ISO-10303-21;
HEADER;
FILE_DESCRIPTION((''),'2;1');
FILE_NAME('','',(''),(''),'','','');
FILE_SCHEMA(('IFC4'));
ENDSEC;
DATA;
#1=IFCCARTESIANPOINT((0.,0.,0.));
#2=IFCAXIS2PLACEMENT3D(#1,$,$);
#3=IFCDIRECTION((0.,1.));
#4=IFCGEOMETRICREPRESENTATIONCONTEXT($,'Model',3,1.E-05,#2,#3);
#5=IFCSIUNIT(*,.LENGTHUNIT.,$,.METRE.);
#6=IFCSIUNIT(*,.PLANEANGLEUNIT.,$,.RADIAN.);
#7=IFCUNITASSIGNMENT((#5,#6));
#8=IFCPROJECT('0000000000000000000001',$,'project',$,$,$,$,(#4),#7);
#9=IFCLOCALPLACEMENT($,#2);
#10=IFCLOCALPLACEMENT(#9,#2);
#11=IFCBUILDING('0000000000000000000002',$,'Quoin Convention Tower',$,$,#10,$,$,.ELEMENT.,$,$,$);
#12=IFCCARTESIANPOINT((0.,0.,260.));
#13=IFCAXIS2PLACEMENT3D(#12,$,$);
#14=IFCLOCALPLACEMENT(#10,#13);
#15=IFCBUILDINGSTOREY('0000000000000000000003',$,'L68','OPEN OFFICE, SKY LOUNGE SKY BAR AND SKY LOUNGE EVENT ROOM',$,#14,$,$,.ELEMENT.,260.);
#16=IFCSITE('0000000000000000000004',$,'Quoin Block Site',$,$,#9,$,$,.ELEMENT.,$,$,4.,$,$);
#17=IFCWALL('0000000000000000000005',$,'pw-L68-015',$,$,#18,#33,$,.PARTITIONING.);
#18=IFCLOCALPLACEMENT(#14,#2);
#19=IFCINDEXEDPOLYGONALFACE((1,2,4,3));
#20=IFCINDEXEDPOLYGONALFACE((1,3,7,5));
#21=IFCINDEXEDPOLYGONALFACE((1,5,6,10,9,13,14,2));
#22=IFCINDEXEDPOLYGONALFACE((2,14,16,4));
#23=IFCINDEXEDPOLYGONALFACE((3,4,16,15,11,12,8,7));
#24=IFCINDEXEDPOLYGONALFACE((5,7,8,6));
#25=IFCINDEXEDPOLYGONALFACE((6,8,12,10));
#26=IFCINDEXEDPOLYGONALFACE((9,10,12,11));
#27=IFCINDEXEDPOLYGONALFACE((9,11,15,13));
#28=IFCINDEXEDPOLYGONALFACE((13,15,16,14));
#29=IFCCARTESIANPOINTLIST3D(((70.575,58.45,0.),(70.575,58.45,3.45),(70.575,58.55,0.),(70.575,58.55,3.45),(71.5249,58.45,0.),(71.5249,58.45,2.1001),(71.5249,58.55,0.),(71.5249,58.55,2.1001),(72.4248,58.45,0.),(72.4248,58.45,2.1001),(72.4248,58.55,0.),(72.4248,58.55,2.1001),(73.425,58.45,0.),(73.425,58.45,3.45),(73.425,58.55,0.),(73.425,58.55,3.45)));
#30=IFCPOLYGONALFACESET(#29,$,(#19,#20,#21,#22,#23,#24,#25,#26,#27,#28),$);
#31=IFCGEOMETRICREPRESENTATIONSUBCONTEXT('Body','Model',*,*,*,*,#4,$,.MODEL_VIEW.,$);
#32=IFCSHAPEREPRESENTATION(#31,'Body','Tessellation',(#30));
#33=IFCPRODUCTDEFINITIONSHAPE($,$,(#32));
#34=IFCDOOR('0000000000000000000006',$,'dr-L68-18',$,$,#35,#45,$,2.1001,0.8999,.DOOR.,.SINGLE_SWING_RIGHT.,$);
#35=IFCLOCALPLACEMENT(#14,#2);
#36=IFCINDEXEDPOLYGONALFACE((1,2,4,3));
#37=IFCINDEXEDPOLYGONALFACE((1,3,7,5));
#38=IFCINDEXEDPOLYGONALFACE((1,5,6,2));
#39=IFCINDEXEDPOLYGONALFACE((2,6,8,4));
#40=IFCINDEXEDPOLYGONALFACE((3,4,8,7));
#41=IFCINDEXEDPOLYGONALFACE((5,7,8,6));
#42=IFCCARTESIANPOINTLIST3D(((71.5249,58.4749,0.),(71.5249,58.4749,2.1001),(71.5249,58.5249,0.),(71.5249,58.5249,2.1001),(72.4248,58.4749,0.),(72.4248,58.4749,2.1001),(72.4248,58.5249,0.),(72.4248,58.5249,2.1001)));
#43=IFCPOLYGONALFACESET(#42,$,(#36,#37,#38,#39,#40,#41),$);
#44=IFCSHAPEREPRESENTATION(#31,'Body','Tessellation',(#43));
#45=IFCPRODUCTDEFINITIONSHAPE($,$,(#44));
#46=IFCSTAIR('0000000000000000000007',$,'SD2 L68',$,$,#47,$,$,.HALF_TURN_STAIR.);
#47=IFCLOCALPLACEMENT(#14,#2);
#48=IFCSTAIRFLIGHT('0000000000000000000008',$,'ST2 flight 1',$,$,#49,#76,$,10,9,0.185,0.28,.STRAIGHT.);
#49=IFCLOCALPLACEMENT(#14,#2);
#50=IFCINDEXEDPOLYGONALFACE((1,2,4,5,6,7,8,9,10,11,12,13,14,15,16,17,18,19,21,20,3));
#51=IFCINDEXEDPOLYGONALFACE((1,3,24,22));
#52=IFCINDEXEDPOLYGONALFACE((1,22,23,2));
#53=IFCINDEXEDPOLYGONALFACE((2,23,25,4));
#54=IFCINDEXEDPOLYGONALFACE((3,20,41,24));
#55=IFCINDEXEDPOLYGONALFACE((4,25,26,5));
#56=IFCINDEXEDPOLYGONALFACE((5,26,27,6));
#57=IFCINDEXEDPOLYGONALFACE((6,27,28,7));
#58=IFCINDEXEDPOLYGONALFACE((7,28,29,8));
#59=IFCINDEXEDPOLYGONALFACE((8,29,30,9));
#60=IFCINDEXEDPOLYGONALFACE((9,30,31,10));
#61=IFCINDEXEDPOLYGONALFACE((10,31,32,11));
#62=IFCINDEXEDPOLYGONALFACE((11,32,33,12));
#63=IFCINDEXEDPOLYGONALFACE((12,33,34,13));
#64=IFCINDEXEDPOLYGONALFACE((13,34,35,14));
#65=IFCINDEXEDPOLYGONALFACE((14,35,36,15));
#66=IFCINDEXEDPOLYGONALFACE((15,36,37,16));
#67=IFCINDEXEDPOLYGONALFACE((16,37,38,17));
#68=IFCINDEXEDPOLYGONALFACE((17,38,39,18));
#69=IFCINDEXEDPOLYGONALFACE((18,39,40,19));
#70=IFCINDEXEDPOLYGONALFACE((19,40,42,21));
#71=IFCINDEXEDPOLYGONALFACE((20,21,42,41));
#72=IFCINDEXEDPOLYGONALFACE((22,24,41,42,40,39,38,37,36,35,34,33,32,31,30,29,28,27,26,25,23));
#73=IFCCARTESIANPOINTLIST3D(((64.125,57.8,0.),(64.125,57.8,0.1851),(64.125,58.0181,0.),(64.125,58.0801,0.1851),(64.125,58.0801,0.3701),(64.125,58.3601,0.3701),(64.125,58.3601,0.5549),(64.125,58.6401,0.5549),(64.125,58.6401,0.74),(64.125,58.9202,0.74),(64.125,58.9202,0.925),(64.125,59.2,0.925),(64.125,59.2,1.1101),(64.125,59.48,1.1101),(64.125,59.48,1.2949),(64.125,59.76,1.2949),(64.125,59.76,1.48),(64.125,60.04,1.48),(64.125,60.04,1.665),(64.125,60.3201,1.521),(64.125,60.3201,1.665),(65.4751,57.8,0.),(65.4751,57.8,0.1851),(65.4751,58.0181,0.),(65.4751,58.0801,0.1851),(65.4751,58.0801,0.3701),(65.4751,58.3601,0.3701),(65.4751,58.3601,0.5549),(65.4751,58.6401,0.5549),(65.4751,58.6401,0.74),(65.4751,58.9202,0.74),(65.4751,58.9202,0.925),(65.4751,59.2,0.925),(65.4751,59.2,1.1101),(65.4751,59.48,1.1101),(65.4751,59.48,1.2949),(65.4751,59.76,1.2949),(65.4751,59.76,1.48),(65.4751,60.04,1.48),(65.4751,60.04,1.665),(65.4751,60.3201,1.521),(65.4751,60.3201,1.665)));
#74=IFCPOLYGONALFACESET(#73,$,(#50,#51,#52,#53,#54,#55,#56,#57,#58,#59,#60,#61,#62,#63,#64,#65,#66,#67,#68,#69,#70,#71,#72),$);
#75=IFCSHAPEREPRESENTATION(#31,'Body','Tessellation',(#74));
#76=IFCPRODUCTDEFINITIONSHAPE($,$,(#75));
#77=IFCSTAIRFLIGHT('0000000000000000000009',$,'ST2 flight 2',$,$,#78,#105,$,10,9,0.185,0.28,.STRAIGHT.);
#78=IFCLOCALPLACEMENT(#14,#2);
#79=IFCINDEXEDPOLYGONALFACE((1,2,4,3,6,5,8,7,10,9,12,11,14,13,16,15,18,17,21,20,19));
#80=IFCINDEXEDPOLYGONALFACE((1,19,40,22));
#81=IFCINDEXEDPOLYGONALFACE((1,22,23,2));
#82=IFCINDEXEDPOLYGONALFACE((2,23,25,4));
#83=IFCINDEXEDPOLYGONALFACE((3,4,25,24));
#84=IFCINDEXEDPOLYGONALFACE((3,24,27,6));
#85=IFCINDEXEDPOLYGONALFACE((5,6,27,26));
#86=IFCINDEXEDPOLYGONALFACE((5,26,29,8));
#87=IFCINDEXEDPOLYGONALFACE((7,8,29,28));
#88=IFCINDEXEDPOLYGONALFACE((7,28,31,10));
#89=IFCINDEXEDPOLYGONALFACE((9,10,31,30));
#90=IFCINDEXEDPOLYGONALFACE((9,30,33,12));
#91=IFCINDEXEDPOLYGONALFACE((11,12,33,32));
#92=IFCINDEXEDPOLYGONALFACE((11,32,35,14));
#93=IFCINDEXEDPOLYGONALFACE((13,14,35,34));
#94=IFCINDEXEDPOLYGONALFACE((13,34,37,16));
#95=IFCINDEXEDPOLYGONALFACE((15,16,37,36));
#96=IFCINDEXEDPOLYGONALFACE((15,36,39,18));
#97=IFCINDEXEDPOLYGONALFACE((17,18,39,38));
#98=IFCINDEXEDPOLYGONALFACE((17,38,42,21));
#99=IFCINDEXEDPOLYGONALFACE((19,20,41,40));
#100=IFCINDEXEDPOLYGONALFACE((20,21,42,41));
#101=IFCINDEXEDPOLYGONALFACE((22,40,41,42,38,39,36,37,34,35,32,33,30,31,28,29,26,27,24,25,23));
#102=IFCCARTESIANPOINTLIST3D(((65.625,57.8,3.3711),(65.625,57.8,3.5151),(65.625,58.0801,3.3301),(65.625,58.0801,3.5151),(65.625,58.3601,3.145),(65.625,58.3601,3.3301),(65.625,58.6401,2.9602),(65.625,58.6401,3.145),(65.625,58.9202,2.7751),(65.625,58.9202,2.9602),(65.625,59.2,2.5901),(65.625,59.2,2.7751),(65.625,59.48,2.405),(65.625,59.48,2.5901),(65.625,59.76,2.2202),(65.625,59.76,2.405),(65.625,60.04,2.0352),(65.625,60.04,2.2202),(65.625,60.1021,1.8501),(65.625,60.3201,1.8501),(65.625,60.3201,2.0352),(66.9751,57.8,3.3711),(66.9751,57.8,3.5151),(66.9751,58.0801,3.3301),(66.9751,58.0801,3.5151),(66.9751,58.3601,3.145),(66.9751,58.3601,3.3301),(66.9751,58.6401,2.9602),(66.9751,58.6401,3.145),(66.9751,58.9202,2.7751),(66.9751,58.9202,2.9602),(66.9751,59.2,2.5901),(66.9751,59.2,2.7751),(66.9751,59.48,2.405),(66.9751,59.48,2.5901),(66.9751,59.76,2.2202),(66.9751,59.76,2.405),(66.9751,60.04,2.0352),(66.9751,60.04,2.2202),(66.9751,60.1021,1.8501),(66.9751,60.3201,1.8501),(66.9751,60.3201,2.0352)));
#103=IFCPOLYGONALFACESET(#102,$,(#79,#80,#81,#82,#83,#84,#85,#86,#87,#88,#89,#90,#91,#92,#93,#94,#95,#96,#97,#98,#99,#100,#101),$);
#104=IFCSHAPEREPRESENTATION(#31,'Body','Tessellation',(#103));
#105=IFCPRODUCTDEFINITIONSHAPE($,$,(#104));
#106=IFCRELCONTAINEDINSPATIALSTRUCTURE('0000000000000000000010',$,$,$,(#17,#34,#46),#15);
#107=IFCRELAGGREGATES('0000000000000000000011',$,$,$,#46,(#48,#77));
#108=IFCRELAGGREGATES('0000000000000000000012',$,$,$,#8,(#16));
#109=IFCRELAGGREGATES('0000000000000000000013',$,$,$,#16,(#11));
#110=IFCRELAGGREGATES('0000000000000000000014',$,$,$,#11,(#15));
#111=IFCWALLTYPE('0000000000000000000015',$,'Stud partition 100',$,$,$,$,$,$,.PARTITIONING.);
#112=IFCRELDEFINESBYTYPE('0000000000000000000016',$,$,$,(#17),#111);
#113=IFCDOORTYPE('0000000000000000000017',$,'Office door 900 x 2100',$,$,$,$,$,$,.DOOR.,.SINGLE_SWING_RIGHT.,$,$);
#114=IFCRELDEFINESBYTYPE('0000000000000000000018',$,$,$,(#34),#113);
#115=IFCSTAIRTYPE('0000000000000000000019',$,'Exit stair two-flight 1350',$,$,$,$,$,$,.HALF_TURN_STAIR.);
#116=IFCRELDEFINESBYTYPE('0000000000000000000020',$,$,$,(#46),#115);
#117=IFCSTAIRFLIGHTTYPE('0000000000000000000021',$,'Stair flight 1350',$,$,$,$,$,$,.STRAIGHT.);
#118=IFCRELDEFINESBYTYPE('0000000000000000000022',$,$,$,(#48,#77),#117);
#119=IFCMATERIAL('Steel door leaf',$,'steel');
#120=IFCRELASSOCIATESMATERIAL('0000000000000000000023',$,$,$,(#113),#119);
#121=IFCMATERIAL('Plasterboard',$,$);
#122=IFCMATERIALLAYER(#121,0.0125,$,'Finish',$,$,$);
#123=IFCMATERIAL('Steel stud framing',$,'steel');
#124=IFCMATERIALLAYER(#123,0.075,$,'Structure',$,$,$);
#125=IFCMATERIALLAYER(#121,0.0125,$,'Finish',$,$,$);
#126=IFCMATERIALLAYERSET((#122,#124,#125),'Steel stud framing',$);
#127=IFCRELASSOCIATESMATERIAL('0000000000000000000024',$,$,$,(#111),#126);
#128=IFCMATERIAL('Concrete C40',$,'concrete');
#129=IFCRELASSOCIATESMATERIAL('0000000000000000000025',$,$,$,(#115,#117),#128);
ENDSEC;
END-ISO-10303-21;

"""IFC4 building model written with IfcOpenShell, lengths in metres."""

from ifc_helpers import new_model, si_unit, direction, frame, frame_2d, origin, place, context, subcontext, project, spatial, polyline, rectangle, outline, extrude, material, layer, layer_set, type_object, element, fill, aggregate, save


model = new_model("IFC4")

# Units and contexts
model_context = context("Model", 3, precision=1e-05, world=origin(), true_north=direction((0.0, 1.0)))
body_context = subcontext(model_context, "Body", "Model", "MODEL_VIEW")
ifc_project = project(units=[si_unit("LENGTHUNIT", "METRE"), si_unit("PLANEANGLEUNIT", "RADIAN")], contexts=[model_context])

# Site, building, storey
site_placement = place(None, origin())
site = spatial("IfcSite", under=ifc_project, at=site_placement, Name="Quoin Block Site", CompositionType="ELEMENT", RefElevation=4.0)
building_placement = place(site_placement, origin())
building = spatial("IfcBuilding", under=site, at=building_placement, Name="Quoin Convention Tower", CompositionType="ELEMENT")
storey_placement = place(building_placement, frame((0.0, 0.0, 260.0)))
storey = spatial("IfcBuildingStorey", under=building, at=storey_placement, Name="L68", Description="OPEN OFFICE, SKY LOUNGE SKY BAR AND SKY LOUNGE EVENT ROOM", CompositionType="ELEMENT", Elevation=260.0)

# Shared definitions
ifc_material_1 = material(Name="Plasterboard")
ifc_material_2 = material(Name="Steel stud framing", Category="steel")

# Shared definitions
ifc_material_3 = material(Name="Steel door leaf", Category="steel")
door_type = type_object("IfcDoorType", Name="Office door 900 x 2100", OperationType="SINGLE_SWING_RIGHT", PredefinedType="DOOR", material=ifc_material_3)

# Wall, opening, door
ifc_layer_1 = layer(ifc_material_1, 0.0125, Name="Finish")
ifc_layer_2 = layer(ifc_material_2, 0.075, Name="Structure")
ifc_layer_3 = layer(ifc_material_1, 0.0125, Name="Finish")
ifc_layer_set_1 = layer_set([ifc_layer_1, ifc_layer_2, ifc_layer_3], Name="Steel stud framing")
wall_type_1 = type_object("IfcWallType", Name="Stud partition 100", PredefinedType="PARTITIONING", material=ifc_layer_set_1)
wall_1_placement = place(storey_placement, frame((70.575, 58.5, 0.0), z_axis=(0.0, 0.0, 1.0), x_axis=(1.0, 0.0, 0.0)))
wall_1 = element("IfcWall", 1, at=wall_1_placement, inside=storey, type_object=wall_type_1, Name="pw-L68-015", PredefinedType="PARTITIONING", context=body_context, shape_type="SweptSolid", body=[
    extrude(rectangle(XDim=2.8501, YDim=0.1001, at=frame_2d((1.425, 0.0))), origin(), (0.0, 0.0, 1.0), 3.45),
])
opening_1_placement = place(wall_1_placement, frame((0.95, 0.0, 0.0)))
opening_1 = element("IfcOpeningElement", 2, at=opening_1_placement, cuts=wall_1, PredefinedType="OPENING", context=body_context, shape_type="SweptSolid", body=[
    extrude(rectangle(XDim=0.8999, YDim=2.1001, at=frame_2d((0.45, 1.05))), frame((0.0, 0.0601, 0.0), z_axis=(0.0, -1.0, 0.0), x_axis=(1.0, 0.0, 0.0)), (0.0, 0.0, 1.0), 0.1201),
])
door_1_placement = place(opening_1_placement, origin())
door_1 = element("IfcDoor", 3, at=door_1_placement, inside=storey, type_object=door_type, Name="dr-L68-18", OperationType="SINGLE_SWING_RIGHT", OverallHeight=2.1001, OverallWidth=0.8999, PredefinedType="DOOR", context=body_context, shape_type="SweptSolid", body=[
    extrude(rectangle(XDim=0.8999, YDim=2.1001, at=frame_2d((0.45, 1.05))), frame((0.0, 0.0249, 0.0), z_axis=(0.0, -1.0, 0.0), x_axis=(1.0, 0.0, 0.0)), (0.0, 0.0, 1.0), 0.05),
])
fill(opening_1, door_1)

# Stair, stair flights
ifc_material_4 = material(Name="Concrete C40", Category="concrete")
stair_type = type_object("IfcStairType", Name="Exit stair two-flight 1350", PredefinedType="HALF_TURN_STAIR", material=ifc_material_4)
stair_placement = place(storey_placement, origin())
stair = element("IfcStair", 4, at=stair_placement, inside=storey, type_object=stair_type, Name="SD2 L68", PredefinedType="HALF_TURN_STAIR")
stair_flight_type = type_object("IfcStairFlightType", Name="Stair flight 1350", PredefinedType="STRAIGHT", material=ifc_material_4)
stair_flight_1_placement = place(storey_placement, frame((64.8, 57.8, 0.0), z_axis=(0.0, 0.0, 1.0), x_axis=(0.0, 1.0, 0.0)))
stair_flight_1 = element("IfcStairFlight", 5, at=stair_flight_1_placement, type_object=stair_flight_type, Name="ST2 flight 1", NumberOfRisers=10, NumberOfTreads=9, PredefinedType="STRAIGHT", RiserHeight=0.185, TreadLength=0.28, context=body_context, shape_type="SweptSolid", body=[
    extrude(outline(polyline([(0.0, 0.0), (0.0, 0.1851), (0.28, 0.1851), (0.28, 0.3701), (0.5601, 0.3701), (0.5601, 0.5549), (0.8401, 0.5549), (0.8401, 0.74), (1.1201, 0.74), (1.1201, 0.925), (1.3999, 0.925), (1.3999, 1.1101), (1.6799, 1.1101), (1.6799, 1.2949), (1.96, 1.2949), (1.96, 1.48), (2.24, 1.48), (2.24, 1.665), (2.52, 1.665), (2.52, 1.8501), (2.52, 1.521), (0.218, 0.0), (0.0, 0.0)])), frame((0.0, 0.675, 0.0), z_axis=(0.0, -1.0, 0.0), x_axis=(1.0, 0.0, 0.0)), (0.0, 0.0, 1.0), 1.3501),
])
stair_flight_2_placement = place(storey_placement, frame((66.3, 60.3201, 1.8501), z_axis=(0.0, 0.0, 1.0), x_axis=(0.0, -1.0, 0.0)))
stair_flight_2 = element("IfcStairFlight", 6, at=stair_flight_2_placement, type_object=stair_flight_type, Name="ST2 flight 2", NumberOfRisers=10, NumberOfTreads=9, PredefinedType="STRAIGHT", RiserHeight=0.185, TreadLength=0.28, context=body_context, shape_type="SweptSolid", body=[
    extrude(outline(polyline([(0.0, 0.0), (0.0, 0.1851), (0.28, 0.1851), (0.28, 0.3701), (0.5601, 0.3701), (0.5601, 0.5549), (0.8401, 0.5549), (0.8401, 0.74), (1.1201, 0.74), (1.1201, 0.925), (1.3999, 0.925), (1.3999, 1.1101), (1.6799, 1.1101), (1.6799, 1.2949), (1.96, 1.2949), (1.96, 1.48), (2.24, 1.48), (2.24, 1.665), (2.52, 1.665), (2.52, 1.8501), (2.52, 1.521), (0.218, 0.0), (0.0, 0.0)])), frame((0.0, 0.675, 0.0), z_axis=(0.0, -1.0, 0.0), x_axis=(1.0, 0.0, 0.0)), (0.0, 0.0, 1.0), 1.3501),
])
aggregate(stair, [stair_flight_1, stair_flight_2])

save(model, "model.ifc")
